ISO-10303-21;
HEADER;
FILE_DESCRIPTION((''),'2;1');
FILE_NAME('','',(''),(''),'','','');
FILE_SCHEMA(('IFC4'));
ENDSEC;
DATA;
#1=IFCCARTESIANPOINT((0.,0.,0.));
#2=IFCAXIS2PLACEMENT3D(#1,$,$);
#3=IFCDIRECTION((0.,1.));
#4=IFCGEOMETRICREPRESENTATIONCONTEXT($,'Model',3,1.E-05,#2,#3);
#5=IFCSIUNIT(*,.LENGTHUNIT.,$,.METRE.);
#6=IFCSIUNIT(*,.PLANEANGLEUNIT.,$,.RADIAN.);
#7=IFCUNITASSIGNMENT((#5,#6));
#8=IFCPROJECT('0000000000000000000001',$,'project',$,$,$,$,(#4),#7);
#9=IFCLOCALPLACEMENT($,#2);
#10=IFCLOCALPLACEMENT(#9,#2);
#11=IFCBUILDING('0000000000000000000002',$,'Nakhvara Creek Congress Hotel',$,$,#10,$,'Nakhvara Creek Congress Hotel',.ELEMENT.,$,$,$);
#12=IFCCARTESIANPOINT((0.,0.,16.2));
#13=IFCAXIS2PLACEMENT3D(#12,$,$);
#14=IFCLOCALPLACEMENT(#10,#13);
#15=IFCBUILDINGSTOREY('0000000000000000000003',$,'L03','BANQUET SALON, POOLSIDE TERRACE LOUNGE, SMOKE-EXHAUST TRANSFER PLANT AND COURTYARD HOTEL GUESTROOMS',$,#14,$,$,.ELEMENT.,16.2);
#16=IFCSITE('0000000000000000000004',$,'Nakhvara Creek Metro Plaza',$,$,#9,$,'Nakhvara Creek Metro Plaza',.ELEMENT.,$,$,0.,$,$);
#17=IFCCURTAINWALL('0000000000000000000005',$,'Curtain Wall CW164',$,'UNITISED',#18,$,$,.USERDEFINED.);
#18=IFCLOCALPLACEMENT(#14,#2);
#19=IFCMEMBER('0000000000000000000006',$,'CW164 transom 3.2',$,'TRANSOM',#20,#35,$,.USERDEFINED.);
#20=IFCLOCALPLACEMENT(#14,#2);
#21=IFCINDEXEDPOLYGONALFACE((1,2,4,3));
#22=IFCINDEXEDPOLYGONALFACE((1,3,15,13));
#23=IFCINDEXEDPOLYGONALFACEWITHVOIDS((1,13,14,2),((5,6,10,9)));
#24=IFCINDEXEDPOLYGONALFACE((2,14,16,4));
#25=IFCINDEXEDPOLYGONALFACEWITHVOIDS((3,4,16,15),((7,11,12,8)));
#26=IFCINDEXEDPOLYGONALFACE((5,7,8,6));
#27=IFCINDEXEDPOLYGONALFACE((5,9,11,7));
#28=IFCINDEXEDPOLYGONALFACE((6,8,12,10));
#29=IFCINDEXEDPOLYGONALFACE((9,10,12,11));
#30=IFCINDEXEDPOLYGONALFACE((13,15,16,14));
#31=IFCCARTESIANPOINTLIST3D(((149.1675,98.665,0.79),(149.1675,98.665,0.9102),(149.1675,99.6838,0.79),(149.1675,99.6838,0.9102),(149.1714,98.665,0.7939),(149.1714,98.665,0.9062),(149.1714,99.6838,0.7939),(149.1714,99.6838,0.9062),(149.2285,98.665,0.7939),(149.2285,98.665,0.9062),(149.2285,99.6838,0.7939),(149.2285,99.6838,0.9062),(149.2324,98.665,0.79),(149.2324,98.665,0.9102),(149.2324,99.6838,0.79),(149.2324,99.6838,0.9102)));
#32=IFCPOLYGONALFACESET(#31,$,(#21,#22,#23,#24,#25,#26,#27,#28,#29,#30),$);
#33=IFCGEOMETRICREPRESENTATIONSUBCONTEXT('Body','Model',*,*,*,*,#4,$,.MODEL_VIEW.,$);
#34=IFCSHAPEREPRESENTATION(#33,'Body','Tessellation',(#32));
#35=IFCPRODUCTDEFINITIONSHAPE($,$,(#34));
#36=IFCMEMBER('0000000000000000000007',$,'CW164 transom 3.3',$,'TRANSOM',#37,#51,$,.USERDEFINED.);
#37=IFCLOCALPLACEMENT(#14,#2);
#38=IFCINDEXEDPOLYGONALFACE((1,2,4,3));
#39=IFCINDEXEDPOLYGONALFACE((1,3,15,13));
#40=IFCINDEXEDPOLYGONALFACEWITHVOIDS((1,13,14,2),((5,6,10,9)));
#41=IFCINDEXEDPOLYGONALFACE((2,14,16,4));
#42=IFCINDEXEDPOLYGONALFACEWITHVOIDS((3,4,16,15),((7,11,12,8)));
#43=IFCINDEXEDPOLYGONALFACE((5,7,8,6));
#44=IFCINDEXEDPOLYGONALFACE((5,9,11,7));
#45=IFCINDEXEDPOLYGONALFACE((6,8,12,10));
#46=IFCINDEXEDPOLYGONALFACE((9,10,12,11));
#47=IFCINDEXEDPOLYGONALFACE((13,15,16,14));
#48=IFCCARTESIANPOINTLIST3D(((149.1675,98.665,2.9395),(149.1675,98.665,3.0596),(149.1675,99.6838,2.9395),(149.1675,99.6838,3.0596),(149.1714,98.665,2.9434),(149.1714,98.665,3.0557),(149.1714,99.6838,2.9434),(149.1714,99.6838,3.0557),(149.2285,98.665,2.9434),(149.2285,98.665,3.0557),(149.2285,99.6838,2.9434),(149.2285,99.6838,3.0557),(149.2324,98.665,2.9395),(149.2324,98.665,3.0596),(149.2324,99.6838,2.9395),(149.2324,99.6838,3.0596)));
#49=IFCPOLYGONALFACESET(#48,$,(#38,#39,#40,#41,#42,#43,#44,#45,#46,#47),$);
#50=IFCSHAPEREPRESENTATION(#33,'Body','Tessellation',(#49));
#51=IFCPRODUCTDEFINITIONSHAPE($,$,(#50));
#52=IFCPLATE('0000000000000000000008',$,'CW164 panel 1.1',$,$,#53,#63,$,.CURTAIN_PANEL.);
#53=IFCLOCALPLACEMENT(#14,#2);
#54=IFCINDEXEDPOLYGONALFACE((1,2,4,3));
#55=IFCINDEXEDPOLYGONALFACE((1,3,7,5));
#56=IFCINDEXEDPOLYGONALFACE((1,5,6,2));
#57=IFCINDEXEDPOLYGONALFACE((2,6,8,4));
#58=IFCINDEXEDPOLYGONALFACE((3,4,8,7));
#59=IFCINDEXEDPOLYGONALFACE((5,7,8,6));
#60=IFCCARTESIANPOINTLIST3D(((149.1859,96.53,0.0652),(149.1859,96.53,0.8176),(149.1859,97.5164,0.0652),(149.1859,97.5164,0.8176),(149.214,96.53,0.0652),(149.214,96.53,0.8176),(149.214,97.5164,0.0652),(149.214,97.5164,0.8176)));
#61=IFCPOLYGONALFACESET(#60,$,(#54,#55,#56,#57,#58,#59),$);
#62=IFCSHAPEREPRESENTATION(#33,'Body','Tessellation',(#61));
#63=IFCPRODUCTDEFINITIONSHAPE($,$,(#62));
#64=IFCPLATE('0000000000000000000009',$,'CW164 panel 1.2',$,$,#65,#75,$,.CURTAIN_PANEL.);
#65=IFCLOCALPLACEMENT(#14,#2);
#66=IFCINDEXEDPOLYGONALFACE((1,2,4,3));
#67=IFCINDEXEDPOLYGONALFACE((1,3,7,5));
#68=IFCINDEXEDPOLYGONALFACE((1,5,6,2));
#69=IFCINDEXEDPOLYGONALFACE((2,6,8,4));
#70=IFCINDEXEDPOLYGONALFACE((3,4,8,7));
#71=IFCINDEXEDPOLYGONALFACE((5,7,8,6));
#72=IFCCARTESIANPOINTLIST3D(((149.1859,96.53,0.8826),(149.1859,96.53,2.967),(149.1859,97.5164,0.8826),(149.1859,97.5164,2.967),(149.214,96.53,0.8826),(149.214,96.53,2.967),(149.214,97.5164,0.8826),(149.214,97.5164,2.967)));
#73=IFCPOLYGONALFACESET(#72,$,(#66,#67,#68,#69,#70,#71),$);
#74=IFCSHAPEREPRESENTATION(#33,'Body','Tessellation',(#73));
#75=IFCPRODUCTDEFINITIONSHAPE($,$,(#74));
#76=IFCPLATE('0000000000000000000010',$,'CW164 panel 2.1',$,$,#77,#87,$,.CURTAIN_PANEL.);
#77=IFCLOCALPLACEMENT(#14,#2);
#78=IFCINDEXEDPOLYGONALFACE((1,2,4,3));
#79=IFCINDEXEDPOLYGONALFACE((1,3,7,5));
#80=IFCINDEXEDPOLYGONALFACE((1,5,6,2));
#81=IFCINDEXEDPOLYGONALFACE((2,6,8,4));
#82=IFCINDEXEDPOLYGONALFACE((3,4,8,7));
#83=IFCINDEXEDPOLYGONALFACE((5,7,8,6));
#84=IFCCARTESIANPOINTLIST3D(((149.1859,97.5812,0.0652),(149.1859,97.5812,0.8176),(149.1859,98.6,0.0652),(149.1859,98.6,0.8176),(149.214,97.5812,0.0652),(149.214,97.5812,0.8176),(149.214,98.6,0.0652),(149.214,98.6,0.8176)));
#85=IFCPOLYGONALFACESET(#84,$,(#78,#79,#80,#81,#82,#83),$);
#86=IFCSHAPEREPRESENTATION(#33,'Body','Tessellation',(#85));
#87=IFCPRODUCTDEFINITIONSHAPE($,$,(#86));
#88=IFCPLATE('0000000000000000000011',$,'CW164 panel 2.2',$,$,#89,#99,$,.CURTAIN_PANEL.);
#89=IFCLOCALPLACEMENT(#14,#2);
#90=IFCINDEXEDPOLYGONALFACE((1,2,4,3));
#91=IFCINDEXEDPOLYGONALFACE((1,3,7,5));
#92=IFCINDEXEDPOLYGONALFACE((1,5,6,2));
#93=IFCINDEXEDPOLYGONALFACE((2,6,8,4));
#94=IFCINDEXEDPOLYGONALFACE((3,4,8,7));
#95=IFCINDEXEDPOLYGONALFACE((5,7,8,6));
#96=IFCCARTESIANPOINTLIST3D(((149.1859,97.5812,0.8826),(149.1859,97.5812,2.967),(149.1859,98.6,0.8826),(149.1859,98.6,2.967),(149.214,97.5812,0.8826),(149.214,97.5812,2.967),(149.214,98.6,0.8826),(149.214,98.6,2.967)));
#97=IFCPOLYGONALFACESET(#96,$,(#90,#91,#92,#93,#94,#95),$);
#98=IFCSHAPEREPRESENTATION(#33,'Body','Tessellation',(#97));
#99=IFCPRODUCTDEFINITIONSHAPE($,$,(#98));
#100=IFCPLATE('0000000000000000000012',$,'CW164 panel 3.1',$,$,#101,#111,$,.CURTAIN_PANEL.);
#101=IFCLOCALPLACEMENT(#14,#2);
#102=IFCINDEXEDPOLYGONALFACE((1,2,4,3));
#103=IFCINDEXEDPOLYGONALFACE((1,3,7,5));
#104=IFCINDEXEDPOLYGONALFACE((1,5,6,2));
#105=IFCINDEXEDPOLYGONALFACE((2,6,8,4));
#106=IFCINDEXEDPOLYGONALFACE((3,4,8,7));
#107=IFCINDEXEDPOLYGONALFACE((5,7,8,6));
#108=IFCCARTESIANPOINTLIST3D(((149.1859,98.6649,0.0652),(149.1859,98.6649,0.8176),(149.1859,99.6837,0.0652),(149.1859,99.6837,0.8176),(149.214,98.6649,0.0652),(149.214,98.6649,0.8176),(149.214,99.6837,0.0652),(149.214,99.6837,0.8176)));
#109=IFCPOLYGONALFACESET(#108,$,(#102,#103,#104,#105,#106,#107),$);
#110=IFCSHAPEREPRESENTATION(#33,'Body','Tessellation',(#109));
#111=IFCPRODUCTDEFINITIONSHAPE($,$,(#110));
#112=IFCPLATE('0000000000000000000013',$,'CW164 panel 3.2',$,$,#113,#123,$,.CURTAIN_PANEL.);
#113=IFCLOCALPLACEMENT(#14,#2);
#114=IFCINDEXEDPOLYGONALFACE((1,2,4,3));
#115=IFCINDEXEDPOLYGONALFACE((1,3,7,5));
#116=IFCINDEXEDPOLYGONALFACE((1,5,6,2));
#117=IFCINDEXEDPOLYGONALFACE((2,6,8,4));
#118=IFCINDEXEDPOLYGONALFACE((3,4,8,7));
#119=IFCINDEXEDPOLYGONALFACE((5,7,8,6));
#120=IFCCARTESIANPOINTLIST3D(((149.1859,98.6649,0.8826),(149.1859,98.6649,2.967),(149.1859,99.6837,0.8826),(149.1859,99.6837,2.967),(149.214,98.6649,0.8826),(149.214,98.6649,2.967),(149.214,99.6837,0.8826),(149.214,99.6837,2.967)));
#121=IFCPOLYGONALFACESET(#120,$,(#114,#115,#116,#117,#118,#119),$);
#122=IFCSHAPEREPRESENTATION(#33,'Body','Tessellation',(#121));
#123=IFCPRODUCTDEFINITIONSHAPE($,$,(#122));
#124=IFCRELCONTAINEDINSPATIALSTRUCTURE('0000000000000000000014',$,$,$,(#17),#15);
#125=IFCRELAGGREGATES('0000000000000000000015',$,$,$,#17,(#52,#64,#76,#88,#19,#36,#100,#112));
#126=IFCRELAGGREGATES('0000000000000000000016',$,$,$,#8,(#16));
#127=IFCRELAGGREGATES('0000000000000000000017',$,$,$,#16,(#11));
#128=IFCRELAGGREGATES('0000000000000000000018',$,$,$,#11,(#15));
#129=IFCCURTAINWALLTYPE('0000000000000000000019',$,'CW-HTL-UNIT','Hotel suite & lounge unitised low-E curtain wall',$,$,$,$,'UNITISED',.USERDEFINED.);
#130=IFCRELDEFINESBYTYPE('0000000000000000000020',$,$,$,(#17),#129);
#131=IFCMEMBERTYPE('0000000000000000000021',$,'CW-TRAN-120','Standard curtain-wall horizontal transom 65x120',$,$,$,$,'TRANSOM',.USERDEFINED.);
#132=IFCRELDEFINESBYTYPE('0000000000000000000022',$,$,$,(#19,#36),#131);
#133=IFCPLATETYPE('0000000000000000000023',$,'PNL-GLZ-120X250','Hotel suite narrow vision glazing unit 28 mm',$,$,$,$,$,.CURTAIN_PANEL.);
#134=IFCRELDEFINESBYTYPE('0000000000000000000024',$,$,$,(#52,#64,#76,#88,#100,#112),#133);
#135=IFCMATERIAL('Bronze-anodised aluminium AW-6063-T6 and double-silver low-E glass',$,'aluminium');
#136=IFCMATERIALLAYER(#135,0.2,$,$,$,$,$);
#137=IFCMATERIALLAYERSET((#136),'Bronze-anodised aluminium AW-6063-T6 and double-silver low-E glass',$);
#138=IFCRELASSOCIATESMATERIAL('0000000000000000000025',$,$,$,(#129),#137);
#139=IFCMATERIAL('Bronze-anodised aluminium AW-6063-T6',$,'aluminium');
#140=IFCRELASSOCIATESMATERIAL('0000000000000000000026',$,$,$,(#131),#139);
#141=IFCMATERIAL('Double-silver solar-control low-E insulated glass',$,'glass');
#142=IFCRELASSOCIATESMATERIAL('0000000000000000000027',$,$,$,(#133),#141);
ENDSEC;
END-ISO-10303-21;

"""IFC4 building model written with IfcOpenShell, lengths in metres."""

from ifc_helpers import new_model, si_unit, direction, frame, origin, origin_2d, place, context, subcontext, project, spatial, rectangle, hollow_rectangle, extrude, material, layer, layer_set, material_profile, profile_set, type_object, element, aggregate, save


model = new_model("IFC4")

# Units and contexts
model_context = context("Model", 3, precision=1e-05, world=origin(), true_north=direction((0.0, 1.0)))
body_context = subcontext(model_context, "Body", "Model", "MODEL_VIEW")
ifc_project = project(units=[si_unit("LENGTHUNIT", "METRE"), si_unit("PLANEANGLEUNIT", "RADIAN")], contexts=[model_context])

# Site, building, storey
site_placement = place(None, origin())
site = spatial("IfcSite", under=ifc_project, at=site_placement, Name="Nakhvara Creek Metro Plaza", LongName="Nakhvara Creek Metro Plaza", CompositionType="ELEMENT", RefElevation=0.0)
building_placement = place(site_placement, origin())
building = spatial("IfcBuilding", under=site, at=building_placement, Name="Nakhvara Creek Congress Hotel", LongName="Nakhvara Creek Congress Hotel", CompositionType="ELEMENT")
storey_placement = place(building_placement, frame((0.0, 0.0, 16.2)))
storey = spatial("IfcBuildingStorey", under=building, at=storey_placement, Name="L03", Description="BANQUET SALON, POOLSIDE TERRACE LOUNGE, SMOKE-EXHAUST TRANSFER PLANT AND COURTYARD HOTEL GUESTROOMS", CompositionType="ELEMENT", Elevation=16.2)

# Curtain wall, members, plates
ifc_material_1 = material(Name="Bronze-anodised aluminium AW-6063-T6 and double-silver low-E glass", Category="aluminium")
ifc_layer = layer(ifc_material_1, 0.2)
ifc_layer_set = layer_set([ifc_layer], Name="Bronze-anodised aluminium AW-6063-T6 and double-silver low-E glass")
curtain_wall_type = type_object("IfcCurtainWallType", Name="CW-HTL-UNIT", Description="Hotel suite & lounge unitised low-E curtain wall", ElementType="UNITISED", PredefinedType="USERDEFINED", material=ifc_layer_set)
curtain_wall_placement = place(storey_placement, origin())
curtain_wall = element("IfcCurtainWall", 1, at=curtain_wall_placement, inside=storey, type_object=curtain_wall_type, Name="Curtain Wall CW164", ObjectType="UNITISED", PredefinedType="USERDEFINED")
ifc_material_2 = material(Name="Bronze-anodised aluminium AW-6063-T6", Category="aluminium")
ifc_material_profile_1 = material_profile(ifc_material_2, hollow_rectangle(XDim=0.0649, YDim=0.1201, WallThickness=0.0039, at=origin_2d()), Name="ALU-TRAN 65x120x4", Category="LoadBearing")
ifc_profile_set_1 = profile_set([ifc_material_profile_1], Name="Bronze-anodised aluminium AW-6063-T6")
member_type_1 = type_object("IfcMemberType", Name="CW-TRAN-120", Description="Standard curtain-wall horizontal transom 65x120", ElementType="TRANSOM", PredefinedType="USERDEFINED", material=ifc_profile_set_1)
member_1_placement = place(storey_placement, frame((149.2, 98.665, 0.8501), z_axis=(0.0, 1.0, 0.0), x_axis=(-1.0, 0.0, 0.0)))
member_1 = element("IfcMember", 2, at=member_1_placement, type_object=member_type_1, Name="CW164 transom 3.2", ObjectType="TRANSOM", PredefinedType="USERDEFINED", context=body_context, shape_type="SweptSolid", body=[
    extrude(hollow_rectangle(XDim=0.0649, YDim=0.1201, WallThickness=0.0039, at=origin_2d()), origin(), (0.0, 0.0, 1.0), 1.0188),
])
member_2_placement = place(storey_placement, frame((149.2, 98.665, 2.9995), z_axis=(0.0, 1.0, 0.0), x_axis=(-1.0, 0.0, 0.0)))
member_2 = element("IfcMember", 3, at=member_2_placement, type_object=member_type_1, Name="CW164 transom 3.3", ObjectType="TRANSOM", PredefinedType="USERDEFINED", context=body_context, shape_type="SweptSolid", body=[
    extrude(hollow_rectangle(XDim=0.0649, YDim=0.1201, WallThickness=0.0039, at=origin_2d()), origin(), (0.0, 0.0, 1.0), 1.0188),
])
ifc_material_3 = material(Name="Double-silver solar-control low-E insulated glass", Category="glass")
plate_type = type_object("IfcPlateType", Name="PNL-GLZ-120X250", Description="Hotel suite narrow vision glazing unit 28 mm", PredefinedType="CURTAIN_PANEL", material=ifc_material_3)
plate_1_placement = place(storey_placement, frame((149.2, 97.0232, 0.0652), z_axis=(0.0, 0.0, 1.0), x_axis=(0.0, 1.0, 0.0)))
plate_1 = element("IfcPlate", 4, at=plate_1_placement, type_object=plate_type, Name="CW164 panel 1.1", PredefinedType="CURTAIN_PANEL", context=body_context, shape_type="SweptSolid", body=[
    extrude(rectangle(XDim=0.9863, YDim=0.0281, at=origin_2d()), origin(), (0.0, 0.0, 1.0), 0.7524),
])
plate_2_placement = place(storey_placement, frame((149.2, 97.0232, 0.8826), z_axis=(0.0, 0.0, 1.0), x_axis=(0.0, 1.0, 0.0)))
plate_2 = element("IfcPlate", 5, at=plate_2_placement, type_object=plate_type, Name="CW164 panel 1.2", PredefinedType="CURTAIN_PANEL", context=body_context, shape_type="SweptSolid", body=[
    extrude(rectangle(XDim=0.9863, YDim=0.0281, at=origin_2d()), origin(), (0.0, 0.0, 1.0), 2.0845),
])
plate_3_placement = place(storey_placement, frame((149.2, 98.0906, 0.0652), z_axis=(0.0, 0.0, 1.0), x_axis=(0.0, 1.0, 0.0)))
plate_3 = element("IfcPlate", 6, at=plate_3_placement, type_object=plate_type, Name="CW164 panel 2.1", PredefinedType="CURTAIN_PANEL", context=body_context, shape_type="SweptSolid", body=[
    extrude(rectangle(XDim=1.0188, YDim=0.0281, at=origin_2d()), origin(), (0.0, 0.0, 1.0), 0.7524),
])
plate_4_placement = place(storey_placement, frame((149.2, 98.0906, 0.8826), z_axis=(0.0, 0.0, 1.0), x_axis=(0.0, 1.0, 0.0)))
plate_4 = element("IfcPlate", 7, at=plate_4_placement, type_object=plate_type, Name="CW164 panel 2.2", PredefinedType="CURTAIN_PANEL", context=body_context, shape_type="SweptSolid", body=[
    extrude(rectangle(XDim=1.0188, YDim=0.0281, at=origin_2d()), origin(), (0.0, 0.0, 1.0), 2.0845),
])
plate_5_placement = place(storey_placement, frame((149.2, 99.1743, 0.0652), z_axis=(0.0, 0.0, 1.0), x_axis=(0.0, 1.0, 0.0)))
plate_5 = element("IfcPlate", 8, at=plate_5_placement, type_object=plate_type, Name="CW164 panel 3.1", PredefinedType="CURTAIN_PANEL", context=body_context, shape_type="SweptSolid", body=[
    extrude(rectangle(XDim=1.0188, YDim=0.0281, at=origin_2d()), origin(), (0.0, 0.0, 1.0), 0.7524),
])
plate_6_placement = place(storey_placement, frame((149.2, 99.1743, 0.8826), z_axis=(0.0, 0.0, 1.0), x_axis=(0.0, 1.0, 0.0)))
plate_6 = element("IfcPlate", 9, at=plate_6_placement, type_object=plate_type, Name="CW164 panel 3.2", PredefinedType="CURTAIN_PANEL", context=body_context, shape_type="SweptSolid", body=[
    extrude(rectangle(XDim=1.0188, YDim=0.0281, at=origin_2d()), origin(), (0.0, 0.0, 1.0), 2.0845),
])
aggregate(curtain_wall, [plate_1, plate_2, plate_3, plate_4, member_1, member_2, plate_5, plate_6])

save(model, "model.ifc")
